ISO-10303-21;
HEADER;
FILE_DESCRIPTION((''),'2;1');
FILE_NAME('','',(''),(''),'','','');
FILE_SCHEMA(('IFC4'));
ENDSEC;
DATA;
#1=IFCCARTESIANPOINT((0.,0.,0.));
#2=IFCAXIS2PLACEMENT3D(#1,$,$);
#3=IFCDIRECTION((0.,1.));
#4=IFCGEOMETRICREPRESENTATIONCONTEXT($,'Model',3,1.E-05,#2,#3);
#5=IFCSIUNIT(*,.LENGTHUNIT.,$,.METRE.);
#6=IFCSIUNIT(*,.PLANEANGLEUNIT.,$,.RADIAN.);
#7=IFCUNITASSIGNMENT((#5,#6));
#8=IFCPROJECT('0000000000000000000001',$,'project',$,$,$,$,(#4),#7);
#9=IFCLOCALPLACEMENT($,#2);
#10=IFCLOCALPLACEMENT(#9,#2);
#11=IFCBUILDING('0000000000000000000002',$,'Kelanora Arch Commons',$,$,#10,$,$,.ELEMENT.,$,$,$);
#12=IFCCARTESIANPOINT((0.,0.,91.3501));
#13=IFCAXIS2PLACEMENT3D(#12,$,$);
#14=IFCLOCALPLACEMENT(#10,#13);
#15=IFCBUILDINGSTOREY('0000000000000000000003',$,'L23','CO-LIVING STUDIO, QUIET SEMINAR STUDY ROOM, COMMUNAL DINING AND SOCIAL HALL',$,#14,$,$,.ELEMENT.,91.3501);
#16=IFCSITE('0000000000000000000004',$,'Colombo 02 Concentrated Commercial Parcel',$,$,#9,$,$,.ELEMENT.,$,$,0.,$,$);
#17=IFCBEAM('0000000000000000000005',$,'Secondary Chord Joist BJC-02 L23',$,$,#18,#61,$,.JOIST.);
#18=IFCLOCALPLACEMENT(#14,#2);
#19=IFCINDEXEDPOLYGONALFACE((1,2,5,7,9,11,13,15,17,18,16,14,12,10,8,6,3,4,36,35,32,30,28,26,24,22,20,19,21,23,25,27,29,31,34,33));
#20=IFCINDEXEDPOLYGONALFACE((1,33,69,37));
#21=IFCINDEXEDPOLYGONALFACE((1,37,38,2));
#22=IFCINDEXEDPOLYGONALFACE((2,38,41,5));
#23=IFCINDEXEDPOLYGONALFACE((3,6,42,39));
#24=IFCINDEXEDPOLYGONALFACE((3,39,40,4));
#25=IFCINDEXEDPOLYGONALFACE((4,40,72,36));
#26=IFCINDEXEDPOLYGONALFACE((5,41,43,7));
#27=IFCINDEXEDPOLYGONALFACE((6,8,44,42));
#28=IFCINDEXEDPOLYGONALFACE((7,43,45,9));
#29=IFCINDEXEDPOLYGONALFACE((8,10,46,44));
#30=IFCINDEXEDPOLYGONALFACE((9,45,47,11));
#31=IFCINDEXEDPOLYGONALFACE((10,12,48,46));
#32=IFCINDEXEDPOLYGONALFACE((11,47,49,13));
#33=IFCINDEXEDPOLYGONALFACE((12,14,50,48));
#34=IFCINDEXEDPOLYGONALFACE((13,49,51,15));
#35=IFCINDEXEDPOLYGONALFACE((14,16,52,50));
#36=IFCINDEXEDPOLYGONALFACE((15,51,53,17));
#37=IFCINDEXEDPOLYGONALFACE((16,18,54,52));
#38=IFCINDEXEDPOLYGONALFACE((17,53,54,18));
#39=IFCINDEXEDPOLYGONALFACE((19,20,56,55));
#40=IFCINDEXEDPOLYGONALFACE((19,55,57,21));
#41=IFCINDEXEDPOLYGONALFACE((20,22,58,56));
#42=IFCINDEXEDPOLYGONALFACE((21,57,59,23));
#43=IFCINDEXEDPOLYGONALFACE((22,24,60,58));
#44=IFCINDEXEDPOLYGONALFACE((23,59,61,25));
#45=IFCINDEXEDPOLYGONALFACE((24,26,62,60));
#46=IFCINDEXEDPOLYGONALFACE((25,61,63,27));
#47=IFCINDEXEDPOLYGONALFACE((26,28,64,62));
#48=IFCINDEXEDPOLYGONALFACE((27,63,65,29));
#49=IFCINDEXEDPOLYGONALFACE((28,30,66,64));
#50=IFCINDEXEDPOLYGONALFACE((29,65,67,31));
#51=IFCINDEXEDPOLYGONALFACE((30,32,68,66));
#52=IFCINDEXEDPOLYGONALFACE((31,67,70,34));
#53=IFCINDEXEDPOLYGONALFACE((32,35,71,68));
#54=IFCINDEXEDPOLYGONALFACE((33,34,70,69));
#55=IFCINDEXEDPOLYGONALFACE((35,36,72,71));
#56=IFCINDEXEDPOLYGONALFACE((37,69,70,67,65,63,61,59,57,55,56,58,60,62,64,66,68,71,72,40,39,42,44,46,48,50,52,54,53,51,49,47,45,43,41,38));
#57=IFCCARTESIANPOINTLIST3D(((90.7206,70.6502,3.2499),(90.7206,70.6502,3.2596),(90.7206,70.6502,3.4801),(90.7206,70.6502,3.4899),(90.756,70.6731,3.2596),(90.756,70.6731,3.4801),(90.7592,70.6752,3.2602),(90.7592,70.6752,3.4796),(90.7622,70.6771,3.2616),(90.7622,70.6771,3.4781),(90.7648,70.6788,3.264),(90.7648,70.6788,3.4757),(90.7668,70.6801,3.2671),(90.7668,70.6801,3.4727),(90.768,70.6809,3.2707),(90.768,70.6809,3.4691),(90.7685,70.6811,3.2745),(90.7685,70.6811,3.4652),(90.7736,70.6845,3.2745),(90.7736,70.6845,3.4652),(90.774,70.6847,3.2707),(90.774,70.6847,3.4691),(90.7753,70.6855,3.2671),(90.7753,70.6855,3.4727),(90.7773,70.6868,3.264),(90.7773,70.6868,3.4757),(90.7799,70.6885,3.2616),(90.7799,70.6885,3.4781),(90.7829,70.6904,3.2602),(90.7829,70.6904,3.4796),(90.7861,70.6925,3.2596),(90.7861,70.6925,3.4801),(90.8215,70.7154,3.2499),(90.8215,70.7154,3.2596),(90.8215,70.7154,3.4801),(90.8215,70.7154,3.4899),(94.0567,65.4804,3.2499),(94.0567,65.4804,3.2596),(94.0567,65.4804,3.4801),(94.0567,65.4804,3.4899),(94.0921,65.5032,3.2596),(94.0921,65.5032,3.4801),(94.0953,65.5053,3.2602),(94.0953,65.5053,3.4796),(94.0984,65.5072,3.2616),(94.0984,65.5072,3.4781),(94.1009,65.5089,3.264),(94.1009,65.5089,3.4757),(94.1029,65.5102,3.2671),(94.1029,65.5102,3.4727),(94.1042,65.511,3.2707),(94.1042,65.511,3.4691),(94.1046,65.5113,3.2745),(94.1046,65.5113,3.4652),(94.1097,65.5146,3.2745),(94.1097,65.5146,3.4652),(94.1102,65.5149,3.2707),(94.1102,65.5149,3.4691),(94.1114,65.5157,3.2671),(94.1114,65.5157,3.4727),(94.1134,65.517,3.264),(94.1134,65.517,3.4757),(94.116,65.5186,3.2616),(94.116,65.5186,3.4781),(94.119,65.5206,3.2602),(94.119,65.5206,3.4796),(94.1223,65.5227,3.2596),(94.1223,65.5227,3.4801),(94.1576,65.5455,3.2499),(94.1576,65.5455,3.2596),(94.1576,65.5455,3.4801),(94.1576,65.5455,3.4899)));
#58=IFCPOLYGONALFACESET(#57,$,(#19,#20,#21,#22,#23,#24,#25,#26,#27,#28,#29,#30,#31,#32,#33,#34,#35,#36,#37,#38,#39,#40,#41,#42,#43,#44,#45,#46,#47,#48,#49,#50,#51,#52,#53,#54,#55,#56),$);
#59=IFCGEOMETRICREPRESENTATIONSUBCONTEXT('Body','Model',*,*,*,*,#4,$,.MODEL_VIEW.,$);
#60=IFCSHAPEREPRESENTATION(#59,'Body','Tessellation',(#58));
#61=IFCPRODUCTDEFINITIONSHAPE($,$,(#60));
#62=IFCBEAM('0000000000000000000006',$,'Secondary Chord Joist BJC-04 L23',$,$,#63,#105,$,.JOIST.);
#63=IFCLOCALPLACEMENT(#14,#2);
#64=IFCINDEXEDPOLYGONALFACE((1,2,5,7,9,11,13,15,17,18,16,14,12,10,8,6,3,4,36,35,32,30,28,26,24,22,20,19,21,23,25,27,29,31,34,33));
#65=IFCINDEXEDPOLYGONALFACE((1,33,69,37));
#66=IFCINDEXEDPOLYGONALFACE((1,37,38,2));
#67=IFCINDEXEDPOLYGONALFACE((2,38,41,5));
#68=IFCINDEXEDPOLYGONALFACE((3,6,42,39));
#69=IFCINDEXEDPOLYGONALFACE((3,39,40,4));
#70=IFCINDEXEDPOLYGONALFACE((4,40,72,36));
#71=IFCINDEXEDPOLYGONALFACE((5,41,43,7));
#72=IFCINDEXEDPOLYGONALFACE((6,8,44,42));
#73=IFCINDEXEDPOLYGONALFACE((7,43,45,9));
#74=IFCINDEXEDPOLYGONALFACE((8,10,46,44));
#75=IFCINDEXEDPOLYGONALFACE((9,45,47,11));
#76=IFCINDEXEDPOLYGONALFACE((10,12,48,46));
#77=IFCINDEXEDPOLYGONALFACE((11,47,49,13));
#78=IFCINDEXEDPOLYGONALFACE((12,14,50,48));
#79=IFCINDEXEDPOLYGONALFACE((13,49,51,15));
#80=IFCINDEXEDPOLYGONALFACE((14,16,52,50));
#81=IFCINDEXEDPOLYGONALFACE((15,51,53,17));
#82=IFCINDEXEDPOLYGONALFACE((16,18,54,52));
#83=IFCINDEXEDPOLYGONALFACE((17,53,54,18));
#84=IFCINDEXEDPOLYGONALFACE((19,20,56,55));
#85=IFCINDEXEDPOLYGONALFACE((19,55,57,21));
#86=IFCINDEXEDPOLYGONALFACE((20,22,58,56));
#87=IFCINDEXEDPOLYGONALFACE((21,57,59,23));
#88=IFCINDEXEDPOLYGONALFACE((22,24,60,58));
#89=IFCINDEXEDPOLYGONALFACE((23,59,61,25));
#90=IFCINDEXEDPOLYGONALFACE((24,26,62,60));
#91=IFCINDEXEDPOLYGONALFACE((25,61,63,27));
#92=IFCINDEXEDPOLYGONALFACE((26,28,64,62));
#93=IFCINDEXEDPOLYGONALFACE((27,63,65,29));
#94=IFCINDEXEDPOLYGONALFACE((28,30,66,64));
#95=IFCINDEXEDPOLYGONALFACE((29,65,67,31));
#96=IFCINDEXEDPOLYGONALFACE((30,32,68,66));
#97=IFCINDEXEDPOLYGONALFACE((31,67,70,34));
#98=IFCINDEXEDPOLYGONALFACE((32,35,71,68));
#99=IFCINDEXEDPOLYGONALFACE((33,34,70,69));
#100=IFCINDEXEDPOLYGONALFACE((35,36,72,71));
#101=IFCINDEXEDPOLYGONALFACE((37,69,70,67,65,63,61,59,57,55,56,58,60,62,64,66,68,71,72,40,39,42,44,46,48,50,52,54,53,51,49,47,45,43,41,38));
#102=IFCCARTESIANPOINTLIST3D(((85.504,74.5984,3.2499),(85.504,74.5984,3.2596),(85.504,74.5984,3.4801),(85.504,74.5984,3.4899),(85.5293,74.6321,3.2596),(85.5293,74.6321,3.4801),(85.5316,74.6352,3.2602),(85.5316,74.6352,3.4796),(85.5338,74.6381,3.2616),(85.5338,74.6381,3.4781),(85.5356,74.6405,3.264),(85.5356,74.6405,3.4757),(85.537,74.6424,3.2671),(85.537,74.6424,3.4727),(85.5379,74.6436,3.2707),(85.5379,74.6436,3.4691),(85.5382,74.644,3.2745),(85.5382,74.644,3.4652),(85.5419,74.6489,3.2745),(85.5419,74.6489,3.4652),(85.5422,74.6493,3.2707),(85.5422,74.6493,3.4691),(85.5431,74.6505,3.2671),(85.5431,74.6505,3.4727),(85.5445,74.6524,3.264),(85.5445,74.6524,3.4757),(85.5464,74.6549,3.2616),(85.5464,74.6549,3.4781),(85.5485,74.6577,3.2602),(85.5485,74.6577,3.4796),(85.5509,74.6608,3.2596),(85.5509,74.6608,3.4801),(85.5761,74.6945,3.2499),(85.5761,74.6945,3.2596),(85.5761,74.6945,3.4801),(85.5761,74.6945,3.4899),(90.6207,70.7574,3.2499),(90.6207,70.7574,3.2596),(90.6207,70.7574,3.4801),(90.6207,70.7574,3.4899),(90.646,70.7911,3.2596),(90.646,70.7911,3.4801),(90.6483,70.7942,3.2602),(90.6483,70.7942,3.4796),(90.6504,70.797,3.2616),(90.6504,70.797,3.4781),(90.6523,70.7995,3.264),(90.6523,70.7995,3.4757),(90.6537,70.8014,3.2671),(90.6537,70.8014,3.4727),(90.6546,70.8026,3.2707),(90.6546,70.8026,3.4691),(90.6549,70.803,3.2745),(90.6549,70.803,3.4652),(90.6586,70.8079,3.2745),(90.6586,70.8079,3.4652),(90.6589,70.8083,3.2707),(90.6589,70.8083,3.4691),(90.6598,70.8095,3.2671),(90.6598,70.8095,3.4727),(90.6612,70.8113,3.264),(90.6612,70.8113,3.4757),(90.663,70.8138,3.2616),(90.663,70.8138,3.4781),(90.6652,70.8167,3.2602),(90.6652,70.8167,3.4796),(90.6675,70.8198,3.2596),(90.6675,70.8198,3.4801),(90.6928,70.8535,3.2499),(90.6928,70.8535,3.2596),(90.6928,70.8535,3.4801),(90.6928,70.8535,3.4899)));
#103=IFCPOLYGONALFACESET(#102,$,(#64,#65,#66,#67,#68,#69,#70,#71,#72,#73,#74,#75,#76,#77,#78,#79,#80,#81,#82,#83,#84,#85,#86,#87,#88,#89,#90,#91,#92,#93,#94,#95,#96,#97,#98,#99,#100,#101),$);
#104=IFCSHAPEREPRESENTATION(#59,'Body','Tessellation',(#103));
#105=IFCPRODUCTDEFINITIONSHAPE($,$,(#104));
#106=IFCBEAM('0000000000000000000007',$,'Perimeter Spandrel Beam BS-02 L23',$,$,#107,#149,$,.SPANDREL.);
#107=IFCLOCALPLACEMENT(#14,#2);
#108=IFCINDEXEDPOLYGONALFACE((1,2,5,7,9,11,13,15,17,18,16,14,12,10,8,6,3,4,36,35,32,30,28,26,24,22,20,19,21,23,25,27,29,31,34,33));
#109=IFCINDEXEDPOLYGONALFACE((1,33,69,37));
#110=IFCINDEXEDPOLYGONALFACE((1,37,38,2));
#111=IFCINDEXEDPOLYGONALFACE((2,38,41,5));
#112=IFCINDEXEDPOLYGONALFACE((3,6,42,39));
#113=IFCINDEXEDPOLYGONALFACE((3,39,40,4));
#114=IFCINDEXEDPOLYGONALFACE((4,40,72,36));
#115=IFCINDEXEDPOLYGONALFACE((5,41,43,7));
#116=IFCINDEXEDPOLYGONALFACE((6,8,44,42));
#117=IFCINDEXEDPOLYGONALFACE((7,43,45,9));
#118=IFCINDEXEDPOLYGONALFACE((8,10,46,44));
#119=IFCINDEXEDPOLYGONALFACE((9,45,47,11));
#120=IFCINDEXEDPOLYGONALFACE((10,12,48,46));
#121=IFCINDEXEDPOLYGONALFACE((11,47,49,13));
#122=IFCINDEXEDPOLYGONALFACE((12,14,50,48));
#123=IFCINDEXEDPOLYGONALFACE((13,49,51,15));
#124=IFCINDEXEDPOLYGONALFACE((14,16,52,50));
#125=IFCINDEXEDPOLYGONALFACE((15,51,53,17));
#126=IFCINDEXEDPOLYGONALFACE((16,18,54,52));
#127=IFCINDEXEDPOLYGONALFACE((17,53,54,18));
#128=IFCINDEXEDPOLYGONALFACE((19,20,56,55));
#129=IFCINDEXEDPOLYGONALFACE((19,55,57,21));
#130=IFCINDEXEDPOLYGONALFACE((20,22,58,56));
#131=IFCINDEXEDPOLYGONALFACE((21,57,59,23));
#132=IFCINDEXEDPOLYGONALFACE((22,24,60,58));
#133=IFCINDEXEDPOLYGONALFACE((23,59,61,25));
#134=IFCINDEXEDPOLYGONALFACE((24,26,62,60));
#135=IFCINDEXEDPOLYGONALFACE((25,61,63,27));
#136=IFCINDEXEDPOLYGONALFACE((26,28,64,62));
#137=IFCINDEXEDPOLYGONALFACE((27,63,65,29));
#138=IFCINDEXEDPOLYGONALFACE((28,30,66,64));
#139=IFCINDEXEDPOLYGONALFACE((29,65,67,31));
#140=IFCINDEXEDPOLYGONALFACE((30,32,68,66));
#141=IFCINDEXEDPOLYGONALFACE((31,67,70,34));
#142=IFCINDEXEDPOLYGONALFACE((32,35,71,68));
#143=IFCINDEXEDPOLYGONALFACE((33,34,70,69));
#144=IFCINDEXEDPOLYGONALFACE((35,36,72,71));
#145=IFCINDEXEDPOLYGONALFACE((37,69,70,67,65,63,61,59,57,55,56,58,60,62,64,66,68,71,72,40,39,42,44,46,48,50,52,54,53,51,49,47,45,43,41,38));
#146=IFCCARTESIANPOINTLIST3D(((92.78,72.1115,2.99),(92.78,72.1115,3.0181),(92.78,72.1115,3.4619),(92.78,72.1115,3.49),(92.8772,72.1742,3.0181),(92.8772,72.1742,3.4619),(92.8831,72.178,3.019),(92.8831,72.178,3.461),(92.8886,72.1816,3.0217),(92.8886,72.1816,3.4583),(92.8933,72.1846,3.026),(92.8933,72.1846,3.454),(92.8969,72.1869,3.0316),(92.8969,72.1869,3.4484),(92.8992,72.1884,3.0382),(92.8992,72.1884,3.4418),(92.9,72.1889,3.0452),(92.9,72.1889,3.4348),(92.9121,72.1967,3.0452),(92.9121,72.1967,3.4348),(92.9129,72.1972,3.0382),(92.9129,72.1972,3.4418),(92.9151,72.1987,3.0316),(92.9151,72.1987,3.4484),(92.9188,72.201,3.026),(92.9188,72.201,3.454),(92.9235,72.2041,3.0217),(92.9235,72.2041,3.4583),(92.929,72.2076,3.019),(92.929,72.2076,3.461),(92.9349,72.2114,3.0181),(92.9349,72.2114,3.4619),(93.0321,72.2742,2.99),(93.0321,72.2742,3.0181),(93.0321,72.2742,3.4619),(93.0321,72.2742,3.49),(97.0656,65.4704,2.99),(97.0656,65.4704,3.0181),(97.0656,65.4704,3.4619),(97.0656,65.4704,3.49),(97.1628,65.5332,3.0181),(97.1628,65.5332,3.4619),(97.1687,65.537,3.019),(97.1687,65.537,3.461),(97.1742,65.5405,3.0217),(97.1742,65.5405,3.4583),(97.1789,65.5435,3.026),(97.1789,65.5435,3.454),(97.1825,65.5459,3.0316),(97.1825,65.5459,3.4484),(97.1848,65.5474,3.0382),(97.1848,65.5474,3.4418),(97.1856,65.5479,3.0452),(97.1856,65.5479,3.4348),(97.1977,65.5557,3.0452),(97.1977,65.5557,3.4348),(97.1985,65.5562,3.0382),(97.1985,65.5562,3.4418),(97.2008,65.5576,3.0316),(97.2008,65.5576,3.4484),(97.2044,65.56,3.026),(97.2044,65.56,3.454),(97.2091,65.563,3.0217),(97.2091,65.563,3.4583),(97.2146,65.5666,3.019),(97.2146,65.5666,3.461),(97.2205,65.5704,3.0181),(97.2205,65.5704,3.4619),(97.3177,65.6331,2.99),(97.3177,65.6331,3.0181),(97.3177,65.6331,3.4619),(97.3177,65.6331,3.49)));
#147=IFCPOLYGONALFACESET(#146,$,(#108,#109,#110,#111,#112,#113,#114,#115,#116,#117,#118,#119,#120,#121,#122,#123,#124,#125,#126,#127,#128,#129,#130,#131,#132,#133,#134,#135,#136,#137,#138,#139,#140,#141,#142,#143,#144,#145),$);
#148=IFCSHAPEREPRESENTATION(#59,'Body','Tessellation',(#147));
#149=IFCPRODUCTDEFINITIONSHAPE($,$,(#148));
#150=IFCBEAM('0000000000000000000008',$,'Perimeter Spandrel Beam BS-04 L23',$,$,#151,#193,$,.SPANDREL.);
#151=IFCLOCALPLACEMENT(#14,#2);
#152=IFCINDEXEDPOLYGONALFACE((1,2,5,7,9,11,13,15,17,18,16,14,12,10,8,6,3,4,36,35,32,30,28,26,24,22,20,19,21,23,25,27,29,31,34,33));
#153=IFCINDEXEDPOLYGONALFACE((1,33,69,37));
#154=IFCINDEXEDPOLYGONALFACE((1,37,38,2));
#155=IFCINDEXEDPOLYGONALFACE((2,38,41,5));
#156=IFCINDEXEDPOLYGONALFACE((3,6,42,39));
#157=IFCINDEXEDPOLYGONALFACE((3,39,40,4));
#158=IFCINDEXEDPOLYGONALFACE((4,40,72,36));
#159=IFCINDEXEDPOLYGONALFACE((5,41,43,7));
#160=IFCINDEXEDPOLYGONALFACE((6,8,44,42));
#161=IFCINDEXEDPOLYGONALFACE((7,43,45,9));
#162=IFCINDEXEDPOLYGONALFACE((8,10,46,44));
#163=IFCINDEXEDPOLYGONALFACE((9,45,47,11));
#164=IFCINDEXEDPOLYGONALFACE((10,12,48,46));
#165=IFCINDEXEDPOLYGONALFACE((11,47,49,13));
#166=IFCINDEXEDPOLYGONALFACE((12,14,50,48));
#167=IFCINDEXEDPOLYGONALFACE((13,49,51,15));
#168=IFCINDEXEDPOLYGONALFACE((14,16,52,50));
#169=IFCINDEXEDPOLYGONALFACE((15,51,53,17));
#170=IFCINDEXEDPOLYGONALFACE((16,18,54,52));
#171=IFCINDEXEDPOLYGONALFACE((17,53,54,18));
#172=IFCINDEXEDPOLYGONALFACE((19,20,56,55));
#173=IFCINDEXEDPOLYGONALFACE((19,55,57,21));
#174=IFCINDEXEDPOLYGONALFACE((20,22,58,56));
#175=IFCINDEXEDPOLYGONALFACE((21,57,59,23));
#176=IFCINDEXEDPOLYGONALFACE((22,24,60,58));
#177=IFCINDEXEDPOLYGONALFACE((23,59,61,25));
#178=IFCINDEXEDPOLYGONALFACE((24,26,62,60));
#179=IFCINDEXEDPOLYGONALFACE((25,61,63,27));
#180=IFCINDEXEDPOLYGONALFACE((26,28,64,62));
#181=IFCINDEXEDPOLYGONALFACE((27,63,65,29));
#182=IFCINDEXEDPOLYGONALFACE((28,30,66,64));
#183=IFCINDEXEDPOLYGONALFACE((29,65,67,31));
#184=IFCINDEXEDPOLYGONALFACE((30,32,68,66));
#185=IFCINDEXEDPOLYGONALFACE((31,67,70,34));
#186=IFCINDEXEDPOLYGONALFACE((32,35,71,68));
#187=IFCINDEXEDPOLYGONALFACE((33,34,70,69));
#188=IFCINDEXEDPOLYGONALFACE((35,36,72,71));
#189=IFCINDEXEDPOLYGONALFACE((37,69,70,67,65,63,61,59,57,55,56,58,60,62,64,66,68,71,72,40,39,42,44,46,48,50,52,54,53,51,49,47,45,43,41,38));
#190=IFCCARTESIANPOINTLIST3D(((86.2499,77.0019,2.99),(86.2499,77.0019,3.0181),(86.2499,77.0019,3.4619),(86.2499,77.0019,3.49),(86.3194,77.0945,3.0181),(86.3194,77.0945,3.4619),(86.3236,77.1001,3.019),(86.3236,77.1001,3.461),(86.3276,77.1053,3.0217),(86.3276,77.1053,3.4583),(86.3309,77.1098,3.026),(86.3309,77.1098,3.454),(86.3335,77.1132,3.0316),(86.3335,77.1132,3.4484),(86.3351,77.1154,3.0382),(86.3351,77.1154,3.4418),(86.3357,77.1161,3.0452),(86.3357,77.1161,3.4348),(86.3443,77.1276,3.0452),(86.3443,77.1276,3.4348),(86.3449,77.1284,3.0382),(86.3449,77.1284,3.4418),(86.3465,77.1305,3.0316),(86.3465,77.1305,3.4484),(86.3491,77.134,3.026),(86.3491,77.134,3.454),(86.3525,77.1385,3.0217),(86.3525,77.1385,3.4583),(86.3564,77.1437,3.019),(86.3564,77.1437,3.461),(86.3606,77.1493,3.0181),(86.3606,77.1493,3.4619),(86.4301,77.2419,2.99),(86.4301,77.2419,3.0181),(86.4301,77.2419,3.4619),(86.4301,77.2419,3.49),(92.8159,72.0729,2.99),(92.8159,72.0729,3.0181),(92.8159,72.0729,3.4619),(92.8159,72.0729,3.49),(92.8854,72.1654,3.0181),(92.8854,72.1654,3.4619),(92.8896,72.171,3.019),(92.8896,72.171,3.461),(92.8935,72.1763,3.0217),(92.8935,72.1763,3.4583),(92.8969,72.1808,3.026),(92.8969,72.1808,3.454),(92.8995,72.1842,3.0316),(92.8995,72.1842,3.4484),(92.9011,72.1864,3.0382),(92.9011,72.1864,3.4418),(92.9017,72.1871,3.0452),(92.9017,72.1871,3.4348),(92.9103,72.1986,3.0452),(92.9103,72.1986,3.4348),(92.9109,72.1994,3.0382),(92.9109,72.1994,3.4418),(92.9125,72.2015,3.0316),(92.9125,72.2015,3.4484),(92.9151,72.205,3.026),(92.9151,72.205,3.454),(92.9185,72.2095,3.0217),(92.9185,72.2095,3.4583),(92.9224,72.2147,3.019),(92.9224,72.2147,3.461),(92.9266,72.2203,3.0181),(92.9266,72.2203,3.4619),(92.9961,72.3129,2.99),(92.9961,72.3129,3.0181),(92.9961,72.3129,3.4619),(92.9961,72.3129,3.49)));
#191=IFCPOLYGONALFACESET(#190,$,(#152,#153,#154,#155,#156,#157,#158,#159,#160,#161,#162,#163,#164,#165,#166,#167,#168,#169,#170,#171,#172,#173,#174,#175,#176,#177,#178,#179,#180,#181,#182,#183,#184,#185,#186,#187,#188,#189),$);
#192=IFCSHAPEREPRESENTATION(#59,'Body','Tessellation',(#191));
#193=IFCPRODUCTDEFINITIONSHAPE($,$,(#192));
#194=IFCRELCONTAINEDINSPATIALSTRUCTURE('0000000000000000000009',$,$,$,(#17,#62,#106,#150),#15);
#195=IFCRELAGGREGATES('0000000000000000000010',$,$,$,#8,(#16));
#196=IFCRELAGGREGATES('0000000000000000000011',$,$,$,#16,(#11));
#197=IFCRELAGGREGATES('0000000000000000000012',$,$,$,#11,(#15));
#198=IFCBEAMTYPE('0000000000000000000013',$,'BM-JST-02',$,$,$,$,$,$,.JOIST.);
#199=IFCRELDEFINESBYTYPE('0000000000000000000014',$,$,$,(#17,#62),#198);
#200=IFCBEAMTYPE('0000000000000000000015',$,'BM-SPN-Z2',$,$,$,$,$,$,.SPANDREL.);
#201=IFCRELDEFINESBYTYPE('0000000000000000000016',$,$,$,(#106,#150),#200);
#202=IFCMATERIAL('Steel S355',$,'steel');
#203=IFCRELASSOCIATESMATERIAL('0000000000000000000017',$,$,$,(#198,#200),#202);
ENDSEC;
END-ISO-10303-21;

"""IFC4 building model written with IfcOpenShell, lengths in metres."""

from ifc_helpers import new_model, si_unit, direction, frame, origin, origin_2d, place, context, subcontext, project, spatial, i_section, extrude, material, material_profile, profile_set, type_object, element, save


model = new_model("IFC4")

# Units and contexts
model_context = context("Model", 3, precision=1e-05, world=origin(), true_north=direction((0.0, 1.0)))
body_context = subcontext(model_context, "Body", "Model", "MODEL_VIEW")
ifc_project = project(units=[si_unit("LENGTHUNIT", "METRE"), si_unit("PLANEANGLEUNIT", "RADIAN")], contexts=[model_context])

# Site, building, storey
site_placement = place(None, origin())
site = spatial("IfcSite", under=ifc_project, at=site_placement, Name="Colombo 02 Concentrated Commercial Parcel", CompositionType="ELEMENT", RefElevation=0.0)
building_placement = place(site_placement, origin())
building = spatial("IfcBuilding", under=site, at=building_placement, Name="Kelanora Arch Commons", CompositionType="ELEMENT")
storey_placement = place(building_placement, frame((0.0, 0.0, 91.3501)))
storey = spatial("IfcBuildingStorey", under=building, at=storey_placement, Name="L23", Description="CO-LIVING STUDIO, QUIET SEMINAR STUDY ROOM, COMMUNAL DINING AND SOCIAL HALL", CompositionType="ELEMENT", Elevation=91.3501)

# Beams
ifc_material_1 = material(Name="Steel S355", Category="steel")
ifc_material_profile_1 = material_profile(ifc_material_1, i_section(OverallWidth=0.1201, OverallDepth=0.24, WebThickness=0.0061, FlangeThickness=0.0098, FilletRadius=0.0149, at=origin_2d()), Name="IPE240")
ifc_profile_set_1 = profile_set([ifc_material_profile_1], Name="Steel S355")
beam_type_1 = type_object("IfcBeamType", Name="BM-JST-02", PredefinedType="JOIST", material=ifc_profile_set_1)
beam_1_placement = place(storey_placement, frame((94.1072, 65.5129, 3.3699), z_axis=(-0.542213, 0.840241, 0.0), x_axis=(-0.840241, -0.542213, 0.0)))
element("IfcBeam", 1, at=beam_1_placement, inside=storey, type_object=beam_type_1, Name="Secondary Chord Joist BJC-02 L23", PredefinedType="JOIST", context=body_context, shape_type="SweptSolid", body=[
    extrude(i_section(OverallWidth=0.1201, OverallDepth=0.24, WebThickness=0.0061, FlangeThickness=0.0098, FilletRadius=0.0149, at=origin_2d()), origin(), (0.0, 0.0, 1.0), 6.1528),
])
beam_2_placement = place(storey_placement, frame((90.6567, 70.8054, 3.3699), z_axis=(-0.799734, 0.600354, 0.0), x_axis=(-0.600354, -0.799734, 0.0)))
element("IfcBeam", 2, at=beam_2_placement, inside=storey, type_object=beam_type_1, Name="Secondary Chord Joist BJC-04 L23", PredefinedType="JOIST", context=body_context, shape_type="SweptSolid", body=[
    extrude(i_section(OverallWidth=0.1201, OverallDepth=0.24, WebThickness=0.0061, FlangeThickness=0.0098, FilletRadius=0.0149, at=origin_2d()), origin(), (0.0, 0.0, 1.0), 6.3979),
])
ifc_material_profile_2 = material_profile(ifc_material_1, i_section(OverallWidth=0.3, OverallDepth=0.5, WebThickness=0.0144, FlangeThickness=0.0281, FilletRadius=0.0271, at=origin_2d()), Name="HEB500")
ifc_profile_set_2 = profile_set([ifc_material_profile_2], Name="Steel S355")
beam_type_2 = type_object("IfcBeamType", Name="BM-SPN-Z2", PredefinedType="SPANDREL", material=ifc_profile_set_2)
beam_3_placement = place(storey_placement, frame((97.1917, 65.5518, 3.24), z_axis=(-0.542221, 0.840236, 0.0), x_axis=(-0.840236, -0.542221, 0.0)))
element("IfcBeam", 3, at=beam_3_placement, inside=storey, type_object=beam_type_2, Name="Perimeter Spandrel Beam BS-02 L23", PredefinedType="SPANDREL", context=body_context, shape_type="SweptSolid", body=[
    extrude(i_section(OverallWidth=0.3, OverallDepth=0.5, WebThickness=0.0144, FlangeThickness=0.0281, FilletRadius=0.0271, at=origin_2d()), origin(), (0.0, 0.0, 1.0), 7.9038),
])
beam_4_placement = place(storey_placement, frame((92.906, 72.1929, 3.24), z_axis=(-0.799736, 0.600352, 0.0), x_axis=(-0.600352, -0.799736, 0.0)))
element("IfcBeam", 4, at=beam_4_placement, inside=storey, type_object=beam_type_2, Name="Perimeter Spandrel Beam BS-04 L23", PredefinedType="SPANDREL", context=body_context, shape_type="SweptSolid", body=[
    extrude(i_section(OverallWidth=0.3, OverallDepth=0.5, WebThickness=0.0144, FlangeThickness=0.0281, FilletRadius=0.0271, at=origin_2d()), origin(), (0.0, 0.0, 1.0), 8.2102),
])

save(model, "model.ifc")
